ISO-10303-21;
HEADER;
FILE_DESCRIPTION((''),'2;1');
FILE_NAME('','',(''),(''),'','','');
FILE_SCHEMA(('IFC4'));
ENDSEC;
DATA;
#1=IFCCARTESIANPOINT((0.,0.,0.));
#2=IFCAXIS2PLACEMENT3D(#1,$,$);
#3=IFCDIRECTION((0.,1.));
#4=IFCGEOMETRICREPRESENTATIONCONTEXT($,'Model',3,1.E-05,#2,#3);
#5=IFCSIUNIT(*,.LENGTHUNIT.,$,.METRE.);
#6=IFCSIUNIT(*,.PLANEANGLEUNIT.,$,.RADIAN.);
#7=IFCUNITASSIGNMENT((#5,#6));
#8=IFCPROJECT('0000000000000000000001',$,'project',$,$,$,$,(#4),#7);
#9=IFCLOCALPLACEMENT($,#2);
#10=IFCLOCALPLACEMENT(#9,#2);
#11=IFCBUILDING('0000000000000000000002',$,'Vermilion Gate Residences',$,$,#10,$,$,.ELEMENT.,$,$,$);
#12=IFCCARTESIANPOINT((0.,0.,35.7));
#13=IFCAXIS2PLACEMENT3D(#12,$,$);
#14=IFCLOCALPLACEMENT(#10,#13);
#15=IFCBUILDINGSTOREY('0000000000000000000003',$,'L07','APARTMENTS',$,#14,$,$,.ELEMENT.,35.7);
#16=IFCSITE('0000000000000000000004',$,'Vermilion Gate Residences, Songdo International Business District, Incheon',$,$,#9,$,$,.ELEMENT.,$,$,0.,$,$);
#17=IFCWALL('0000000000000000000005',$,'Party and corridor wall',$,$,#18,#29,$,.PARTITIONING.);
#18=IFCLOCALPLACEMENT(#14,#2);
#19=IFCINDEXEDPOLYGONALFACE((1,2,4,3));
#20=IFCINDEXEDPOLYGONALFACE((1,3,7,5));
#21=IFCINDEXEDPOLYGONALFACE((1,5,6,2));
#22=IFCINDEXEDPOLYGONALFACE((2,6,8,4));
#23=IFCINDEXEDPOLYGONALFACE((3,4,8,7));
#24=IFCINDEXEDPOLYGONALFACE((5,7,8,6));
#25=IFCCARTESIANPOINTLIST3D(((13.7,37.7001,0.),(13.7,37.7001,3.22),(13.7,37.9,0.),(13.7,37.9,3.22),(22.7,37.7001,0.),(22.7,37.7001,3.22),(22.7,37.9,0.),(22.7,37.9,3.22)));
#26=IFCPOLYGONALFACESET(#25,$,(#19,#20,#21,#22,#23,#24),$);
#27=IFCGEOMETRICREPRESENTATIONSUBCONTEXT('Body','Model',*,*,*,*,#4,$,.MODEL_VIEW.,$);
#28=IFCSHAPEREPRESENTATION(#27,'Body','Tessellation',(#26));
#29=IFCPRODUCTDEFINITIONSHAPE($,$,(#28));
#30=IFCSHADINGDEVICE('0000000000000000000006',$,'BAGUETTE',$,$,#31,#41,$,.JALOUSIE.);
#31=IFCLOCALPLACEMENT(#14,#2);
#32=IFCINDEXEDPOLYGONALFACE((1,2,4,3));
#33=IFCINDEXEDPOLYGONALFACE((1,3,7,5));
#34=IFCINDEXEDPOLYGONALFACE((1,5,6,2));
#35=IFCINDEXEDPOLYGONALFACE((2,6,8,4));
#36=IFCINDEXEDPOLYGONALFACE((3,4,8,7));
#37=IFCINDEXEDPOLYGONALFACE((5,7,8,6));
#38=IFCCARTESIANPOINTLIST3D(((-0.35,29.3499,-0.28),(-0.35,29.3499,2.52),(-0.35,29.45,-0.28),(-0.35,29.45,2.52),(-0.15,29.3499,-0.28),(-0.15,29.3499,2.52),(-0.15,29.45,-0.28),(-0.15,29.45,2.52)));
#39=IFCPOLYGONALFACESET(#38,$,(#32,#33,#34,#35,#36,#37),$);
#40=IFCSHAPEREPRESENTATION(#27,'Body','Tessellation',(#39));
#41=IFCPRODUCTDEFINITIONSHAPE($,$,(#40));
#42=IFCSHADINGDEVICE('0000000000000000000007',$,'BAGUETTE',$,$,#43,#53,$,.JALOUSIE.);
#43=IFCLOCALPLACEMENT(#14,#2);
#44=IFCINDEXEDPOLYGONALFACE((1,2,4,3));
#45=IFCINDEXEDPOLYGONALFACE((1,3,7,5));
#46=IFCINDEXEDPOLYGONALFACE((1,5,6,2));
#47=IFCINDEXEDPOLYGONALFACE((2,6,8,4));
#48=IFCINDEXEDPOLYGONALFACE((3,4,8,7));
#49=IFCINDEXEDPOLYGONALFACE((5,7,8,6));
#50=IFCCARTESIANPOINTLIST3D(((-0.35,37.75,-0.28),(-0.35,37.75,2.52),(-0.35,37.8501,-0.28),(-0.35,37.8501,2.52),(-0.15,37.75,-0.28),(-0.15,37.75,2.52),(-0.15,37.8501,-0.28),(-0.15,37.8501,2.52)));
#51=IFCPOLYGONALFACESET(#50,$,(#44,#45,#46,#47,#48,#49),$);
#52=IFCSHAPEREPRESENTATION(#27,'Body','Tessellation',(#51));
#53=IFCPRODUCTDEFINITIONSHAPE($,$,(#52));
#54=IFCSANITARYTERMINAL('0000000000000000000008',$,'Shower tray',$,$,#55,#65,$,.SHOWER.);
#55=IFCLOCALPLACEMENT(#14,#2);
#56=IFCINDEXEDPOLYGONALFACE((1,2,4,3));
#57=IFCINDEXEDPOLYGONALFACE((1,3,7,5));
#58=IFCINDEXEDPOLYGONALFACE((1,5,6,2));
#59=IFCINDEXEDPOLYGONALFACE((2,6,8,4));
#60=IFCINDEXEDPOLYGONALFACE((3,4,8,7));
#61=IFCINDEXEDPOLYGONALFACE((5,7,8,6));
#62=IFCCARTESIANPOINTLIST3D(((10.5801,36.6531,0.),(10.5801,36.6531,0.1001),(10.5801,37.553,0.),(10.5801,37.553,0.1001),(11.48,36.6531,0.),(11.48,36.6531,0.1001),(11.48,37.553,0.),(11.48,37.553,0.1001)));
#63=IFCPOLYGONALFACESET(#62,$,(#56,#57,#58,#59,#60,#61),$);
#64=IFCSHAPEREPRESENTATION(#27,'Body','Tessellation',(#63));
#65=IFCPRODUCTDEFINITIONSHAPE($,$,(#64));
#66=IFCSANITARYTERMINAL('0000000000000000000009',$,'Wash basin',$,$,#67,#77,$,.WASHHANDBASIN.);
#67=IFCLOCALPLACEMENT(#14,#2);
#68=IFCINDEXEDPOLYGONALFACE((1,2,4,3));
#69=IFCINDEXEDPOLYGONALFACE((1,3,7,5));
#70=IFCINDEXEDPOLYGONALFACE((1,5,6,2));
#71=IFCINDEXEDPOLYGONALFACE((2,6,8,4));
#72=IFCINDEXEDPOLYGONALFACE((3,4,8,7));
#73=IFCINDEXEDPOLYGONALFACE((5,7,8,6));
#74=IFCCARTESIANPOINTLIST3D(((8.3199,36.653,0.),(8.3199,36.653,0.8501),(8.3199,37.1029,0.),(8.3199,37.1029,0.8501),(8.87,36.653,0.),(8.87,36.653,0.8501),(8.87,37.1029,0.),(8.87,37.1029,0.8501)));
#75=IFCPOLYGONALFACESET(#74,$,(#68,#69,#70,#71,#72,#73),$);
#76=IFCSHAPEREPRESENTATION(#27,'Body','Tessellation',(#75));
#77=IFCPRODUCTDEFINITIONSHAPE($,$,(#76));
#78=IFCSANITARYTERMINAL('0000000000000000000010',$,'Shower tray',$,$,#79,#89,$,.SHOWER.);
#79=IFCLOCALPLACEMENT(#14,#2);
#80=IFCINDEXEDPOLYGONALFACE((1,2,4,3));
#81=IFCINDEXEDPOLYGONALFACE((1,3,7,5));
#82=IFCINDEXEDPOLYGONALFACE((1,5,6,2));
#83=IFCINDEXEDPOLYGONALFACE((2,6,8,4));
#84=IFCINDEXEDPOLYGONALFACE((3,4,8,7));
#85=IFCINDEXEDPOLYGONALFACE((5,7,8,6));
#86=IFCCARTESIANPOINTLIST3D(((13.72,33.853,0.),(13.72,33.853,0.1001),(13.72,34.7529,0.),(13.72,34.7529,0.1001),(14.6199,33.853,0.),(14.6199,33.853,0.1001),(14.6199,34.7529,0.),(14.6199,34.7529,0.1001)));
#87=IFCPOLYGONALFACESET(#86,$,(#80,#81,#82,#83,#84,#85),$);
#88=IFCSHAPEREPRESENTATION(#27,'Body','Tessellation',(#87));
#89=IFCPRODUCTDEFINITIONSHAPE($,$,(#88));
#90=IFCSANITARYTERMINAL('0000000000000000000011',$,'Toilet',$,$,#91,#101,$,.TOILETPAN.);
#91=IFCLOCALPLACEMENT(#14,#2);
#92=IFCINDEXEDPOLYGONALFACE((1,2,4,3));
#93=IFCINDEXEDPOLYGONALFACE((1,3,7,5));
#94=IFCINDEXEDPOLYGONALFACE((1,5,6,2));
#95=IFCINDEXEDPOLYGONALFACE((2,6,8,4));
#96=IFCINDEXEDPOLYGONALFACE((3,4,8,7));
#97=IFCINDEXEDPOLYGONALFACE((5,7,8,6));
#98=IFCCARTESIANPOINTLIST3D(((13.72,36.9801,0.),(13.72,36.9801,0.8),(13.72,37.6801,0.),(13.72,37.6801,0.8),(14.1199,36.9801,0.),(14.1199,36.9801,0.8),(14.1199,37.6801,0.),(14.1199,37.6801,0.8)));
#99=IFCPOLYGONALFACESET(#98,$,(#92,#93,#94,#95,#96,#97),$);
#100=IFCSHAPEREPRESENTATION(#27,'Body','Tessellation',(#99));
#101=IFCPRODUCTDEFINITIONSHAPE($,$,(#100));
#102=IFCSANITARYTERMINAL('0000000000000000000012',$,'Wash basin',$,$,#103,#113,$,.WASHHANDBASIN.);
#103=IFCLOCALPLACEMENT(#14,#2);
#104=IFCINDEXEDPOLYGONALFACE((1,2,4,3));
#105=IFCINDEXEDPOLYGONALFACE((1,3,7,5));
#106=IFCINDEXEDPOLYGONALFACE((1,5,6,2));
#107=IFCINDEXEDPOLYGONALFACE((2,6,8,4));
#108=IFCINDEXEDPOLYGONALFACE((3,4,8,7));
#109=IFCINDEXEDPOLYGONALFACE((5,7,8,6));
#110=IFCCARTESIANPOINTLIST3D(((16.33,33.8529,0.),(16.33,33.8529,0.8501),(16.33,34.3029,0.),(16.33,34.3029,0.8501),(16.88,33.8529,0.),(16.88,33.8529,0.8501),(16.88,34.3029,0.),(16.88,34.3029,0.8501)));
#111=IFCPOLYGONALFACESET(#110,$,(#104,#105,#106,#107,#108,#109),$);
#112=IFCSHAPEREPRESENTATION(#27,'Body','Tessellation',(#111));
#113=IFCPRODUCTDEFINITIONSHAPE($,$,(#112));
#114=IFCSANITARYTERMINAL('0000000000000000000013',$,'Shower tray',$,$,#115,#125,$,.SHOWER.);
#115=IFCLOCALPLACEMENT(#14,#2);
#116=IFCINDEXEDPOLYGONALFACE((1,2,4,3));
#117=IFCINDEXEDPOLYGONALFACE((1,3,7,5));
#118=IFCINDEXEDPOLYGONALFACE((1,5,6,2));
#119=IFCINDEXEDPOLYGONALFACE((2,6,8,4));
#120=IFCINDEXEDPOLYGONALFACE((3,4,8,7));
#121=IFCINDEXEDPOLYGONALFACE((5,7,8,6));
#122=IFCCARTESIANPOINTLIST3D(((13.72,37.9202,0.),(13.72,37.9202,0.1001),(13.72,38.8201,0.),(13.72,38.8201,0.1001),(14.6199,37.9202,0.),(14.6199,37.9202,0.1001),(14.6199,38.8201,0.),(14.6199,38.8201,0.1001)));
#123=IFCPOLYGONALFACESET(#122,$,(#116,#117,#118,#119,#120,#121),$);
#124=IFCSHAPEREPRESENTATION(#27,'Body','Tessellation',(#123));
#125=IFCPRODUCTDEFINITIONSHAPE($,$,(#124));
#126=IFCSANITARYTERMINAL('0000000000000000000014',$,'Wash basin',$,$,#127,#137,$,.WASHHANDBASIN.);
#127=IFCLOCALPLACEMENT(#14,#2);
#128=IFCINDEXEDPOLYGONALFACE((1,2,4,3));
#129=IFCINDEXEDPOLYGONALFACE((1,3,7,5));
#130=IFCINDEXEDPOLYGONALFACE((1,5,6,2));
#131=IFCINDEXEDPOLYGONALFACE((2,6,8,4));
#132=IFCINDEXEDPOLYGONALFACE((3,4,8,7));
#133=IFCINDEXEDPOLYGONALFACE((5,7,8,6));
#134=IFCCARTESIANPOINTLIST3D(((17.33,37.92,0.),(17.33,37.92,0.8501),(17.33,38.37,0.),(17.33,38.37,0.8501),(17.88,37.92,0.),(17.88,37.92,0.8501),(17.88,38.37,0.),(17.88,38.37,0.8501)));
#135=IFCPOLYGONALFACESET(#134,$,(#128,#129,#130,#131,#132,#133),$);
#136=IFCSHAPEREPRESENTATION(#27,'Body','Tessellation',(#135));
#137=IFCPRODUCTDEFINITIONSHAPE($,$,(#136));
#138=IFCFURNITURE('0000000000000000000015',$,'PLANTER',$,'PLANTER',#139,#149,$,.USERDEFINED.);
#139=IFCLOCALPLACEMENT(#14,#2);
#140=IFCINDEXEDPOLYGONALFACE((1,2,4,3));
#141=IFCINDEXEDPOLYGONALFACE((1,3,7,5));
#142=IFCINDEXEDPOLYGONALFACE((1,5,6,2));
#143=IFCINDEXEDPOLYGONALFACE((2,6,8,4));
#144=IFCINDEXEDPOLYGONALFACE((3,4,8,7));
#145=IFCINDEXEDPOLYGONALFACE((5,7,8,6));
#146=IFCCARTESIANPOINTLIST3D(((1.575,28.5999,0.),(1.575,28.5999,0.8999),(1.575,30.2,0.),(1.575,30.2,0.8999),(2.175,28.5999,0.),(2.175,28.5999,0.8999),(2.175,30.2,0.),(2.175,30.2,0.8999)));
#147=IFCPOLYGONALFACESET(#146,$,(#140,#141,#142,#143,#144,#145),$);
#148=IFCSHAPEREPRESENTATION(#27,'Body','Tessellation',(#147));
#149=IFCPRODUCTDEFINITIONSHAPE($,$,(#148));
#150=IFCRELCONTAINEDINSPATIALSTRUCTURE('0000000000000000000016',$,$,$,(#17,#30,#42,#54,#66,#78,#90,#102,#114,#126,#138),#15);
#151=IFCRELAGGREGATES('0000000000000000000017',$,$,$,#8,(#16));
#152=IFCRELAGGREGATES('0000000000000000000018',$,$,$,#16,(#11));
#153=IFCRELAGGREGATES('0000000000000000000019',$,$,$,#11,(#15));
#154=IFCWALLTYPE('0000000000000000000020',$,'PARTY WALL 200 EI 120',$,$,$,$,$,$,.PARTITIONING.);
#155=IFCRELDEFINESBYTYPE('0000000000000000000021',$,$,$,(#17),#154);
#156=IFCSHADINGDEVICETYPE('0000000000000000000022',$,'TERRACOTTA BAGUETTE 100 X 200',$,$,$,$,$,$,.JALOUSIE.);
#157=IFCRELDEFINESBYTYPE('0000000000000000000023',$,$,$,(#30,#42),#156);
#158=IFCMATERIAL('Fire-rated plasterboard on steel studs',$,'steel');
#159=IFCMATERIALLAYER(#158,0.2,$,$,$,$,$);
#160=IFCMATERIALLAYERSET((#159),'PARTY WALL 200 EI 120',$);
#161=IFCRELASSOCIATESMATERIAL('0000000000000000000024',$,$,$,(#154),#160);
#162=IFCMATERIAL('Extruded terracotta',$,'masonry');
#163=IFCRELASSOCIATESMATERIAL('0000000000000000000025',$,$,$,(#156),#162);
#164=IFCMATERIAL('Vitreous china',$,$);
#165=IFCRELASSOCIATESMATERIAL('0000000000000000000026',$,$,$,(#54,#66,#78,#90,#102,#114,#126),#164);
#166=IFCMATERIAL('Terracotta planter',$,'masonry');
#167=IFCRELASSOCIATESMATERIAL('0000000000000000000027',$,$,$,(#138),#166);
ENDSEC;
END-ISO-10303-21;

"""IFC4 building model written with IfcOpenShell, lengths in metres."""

from ifc_helpers import new_model, si_unit, direction, frame, frame_2d, origin, origin_2d, place, context, subcontext, project, spatial, rectangle, extrude, material, layer, layer_set, material_profile, profile_set, type_object, element, save


model = new_model("IFC4")

# Units and contexts
model_context = context("Model", 3, precision=1e-05, world=origin(), true_north=direction((0.0, 1.0)))
body_context = subcontext(model_context, "Body", "Model", "MODEL_VIEW")
ifc_project = project(units=[si_unit("LENGTHUNIT", "METRE"), si_unit("PLANEANGLEUNIT", "RADIAN")], contexts=[model_context])

# Site, building, storey
site_placement = place(None, origin())
site = spatial("IfcSite", under=ifc_project, at=site_placement, Name="Vermilion Gate Residences, Songdo International Business District, Incheon", CompositionType="ELEMENT", RefElevation=0.0)
building_placement = place(site_placement, origin())
building = spatial("IfcBuilding", under=site, at=building_placement, Name="Vermilion Gate Residences", CompositionType="ELEMENT")
storey_placement = place(building_placement, frame((0.0, 0.0, 35.7)))
storey = spatial("IfcBuildingStorey", under=building, at=storey_placement, Name="L07", Description="APARTMENTS", CompositionType="ELEMENT", Elevation=35.7)

# Wall
ifc_material_1 = material(Name="Fire-rated plasterboard on steel studs", Category="steel")
ifc_layer_1 = layer(ifc_material_1, 0.2)
ifc_layer_set_1 = layer_set([ifc_layer_1], Name="PARTY WALL 200 EI 120")
wall_type_1 = type_object("IfcWallType", Name="PARTY WALL 200 EI 120", PredefinedType="PARTITIONING", material=ifc_layer_set_1)
wall_1_placement = place(storey_placement, frame((13.7, 37.8, 0.0), z_axis=(0.0, 0.0, 1.0), x_axis=(1.0, 0.0, 0.0)))
element("IfcWall", 1, at=wall_1_placement, inside=storey, type_object=wall_type_1, Name="Party and corridor wall", PredefinedType="PARTITIONING", context=body_context, shape_type="SweptSolid", body=[
    extrude(rectangle(XDim=9.0, YDim=0.2, at=frame_2d((4.5, 0.0))), origin(), (0.0, 0.0, 1.0), 3.22),
])

# Shading devices
ifc_material_2 = material(Name="Extruded terracotta", Category="masonry")
ifc_material_profile_1 = material_profile(ifc_material_2, rectangle(XDim=0.2, YDim=0.1001, at=origin_2d()), Name="BAGUETTE 100 X 200")
ifc_profile_set_1 = profile_set([ifc_material_profile_1], Name="Extruded terracotta")
shading_device_type = type_object("IfcShadingDeviceType", Name="TERRACOTTA BAGUETTE 100 X 200", PredefinedType="JALOUSIE", material=ifc_profile_set_1)
for number, where, z_axis, x_axis, name in (
    (2, (-0.25, 29.3999, -0.28), (0.0, 0.0, 1.0), (1.0, 0.0, 0.0), "BAGUETTE"),
    (3, (-0.25, 37.8, -0.28), (0.0, 0.0, 1.0), (1.0, 0.0, 0.0), "BAGUETTE"),
):
    element("IfcShadingDevice", number, at=place(storey_placement, frame(where, z_axis=z_axis, x_axis=x_axis)), inside=storey, type_object=shading_device_type, Name=name, PredefinedType="JALOUSIE", context=body_context, shape_type="SweptSolid", body=[
        extrude(rectangle(XDim=0.2, YDim=0.1001, at=origin_2d()), origin(), (0.0, 0.0, 1.0), 2.8),
    ])

# Sanitary terminals
ifc_material_3 = material(Name="Vitreous china")
sanitary_terminal_1_placement = place(storey_placement, frame((11.03, 37.103, 0.0), z_axis=(0.0, 0.0, 1.0), x_axis=(1.0, 0.0, 0.0)))
element("IfcSanitaryTerminal", 4, at=sanitary_terminal_1_placement, inside=storey, material=ifc_material_3, Name="Shower tray", PredefinedType="SHOWER", context=body_context, shape_type="SweptSolid", body=[
    extrude(rectangle(XDim=0.8999, YDim=0.8999, at=origin_2d()), origin(), (0.0, 0.0, 1.0), 0.1001),
])
sanitary_terminal_2_placement = place(storey_placement, frame((8.595, 36.8779, 0.0), z_axis=(0.0, 0.0, 1.0), x_axis=(1.0, 0.0, 0.0)))
element("IfcSanitaryTerminal", 5, at=sanitary_terminal_2_placement, inside=storey, material=ifc_material_3, Name="Wash basin", PredefinedType="WASHHANDBASIN", context=body_context, shape_type="SweptSolid", body=[
    extrude(rectangle(XDim=0.55, YDim=0.45, at=origin_2d()), origin(), (0.0, 0.0, 1.0), 0.8501),
])
sanitary_terminal_3_placement = place(storey_placement, frame((14.1699, 34.303, 0.0), z_axis=(0.0, 0.0, 1.0), x_axis=(1.0, 0.0, 0.0)))
element("IfcSanitaryTerminal", 6, at=sanitary_terminal_3_placement, inside=storey, material=ifc_material_3, Name="Shower tray", PredefinedType="SHOWER", context=body_context, shape_type="SweptSolid", body=[
    extrude(rectangle(XDim=0.8999, YDim=0.8999, at=origin_2d()), origin(), (0.0, 0.0, 1.0), 0.1001),
])
sanitary_terminal_4_placement = place(storey_placement, frame((13.9199, 37.3301, 0.0), z_axis=(0.0, 0.0, 1.0), x_axis=(1.0, 0.0, 0.0)))
element("IfcSanitaryTerminal", 7, at=sanitary_terminal_4_placement, inside=storey, material=ifc_material_3, Name="Toilet", PredefinedType="TOILETPAN", context=body_context, shape_type="SweptSolid", body=[
    extrude(rectangle(XDim=0.3999, YDim=0.7, at=origin_2d()), origin(), (0.0, 0.0, 1.0), 0.8),
])
sanitary_terminal_5_placement = place(storey_placement, frame((16.605, 34.0779, 0.0), z_axis=(0.0, 0.0, 1.0), x_axis=(1.0, 0.0, 0.0)))
element("IfcSanitaryTerminal", 8, at=sanitary_terminal_5_placement, inside=storey, material=ifc_material_3, Name="Wash basin", PredefinedType="WASHHANDBASIN", context=body_context, shape_type="SweptSolid", body=[
    extrude(rectangle(XDim=0.55, YDim=0.45, at=origin_2d()), origin(), (0.0, 0.0, 1.0), 0.8501),
])
sanitary_terminal_6_placement = place(storey_placement, frame((14.1699, 38.3701, 0.0), z_axis=(0.0, 0.0, 1.0), x_axis=(1.0, 0.0, 0.0)))
element("IfcSanitaryTerminal", 9, at=sanitary_terminal_6_placement, inside=storey, material=ifc_material_3, Name="Shower tray", PredefinedType="SHOWER", context=body_context, shape_type="SweptSolid", body=[
    extrude(rectangle(XDim=0.8999, YDim=0.8999, at=origin_2d()), origin(), (0.0, 0.0, 1.0), 0.1001),
])
sanitary_terminal_7_placement = place(storey_placement, frame((17.605, 38.145, 0.0), z_axis=(0.0, 0.0, 1.0), x_axis=(1.0, 0.0, 0.0)))
element("IfcSanitaryTerminal", 10, at=sanitary_terminal_7_placement, inside=storey, material=ifc_material_3, Name="Wash basin", PredefinedType="WASHHANDBASIN", context=body_context, shape_type="SweptSolid", body=[
    extrude(rectangle(XDim=0.55, YDim=0.45, at=origin_2d()), origin(), (0.0, 0.0, 1.0), 0.8501),
])

# Furniture
ifc_material_4 = material(Name="Terracotta planter", Category="masonry")
furniture_placement = place(storey_placement, frame((1.875, 29.3999, 0.0), z_axis=(0.0, 0.0, 1.0), x_axis=(0.0, -1.0, 0.0)))
element("IfcFurniture", 11, at=furniture_placement, inside=storey, material=ifc_material_4, Name="PLANTER", ObjectType="PLANTER", PredefinedType="USERDEFINED", context=body_context, shape_type="SweptSolid", body=[
    extrude(rectangle(XDim=1.6001, YDim=0.6001, at=origin_2d()), origin(), (0.0, 0.0, 1.0), 0.8999),
])

save(model, "model.ifc")
